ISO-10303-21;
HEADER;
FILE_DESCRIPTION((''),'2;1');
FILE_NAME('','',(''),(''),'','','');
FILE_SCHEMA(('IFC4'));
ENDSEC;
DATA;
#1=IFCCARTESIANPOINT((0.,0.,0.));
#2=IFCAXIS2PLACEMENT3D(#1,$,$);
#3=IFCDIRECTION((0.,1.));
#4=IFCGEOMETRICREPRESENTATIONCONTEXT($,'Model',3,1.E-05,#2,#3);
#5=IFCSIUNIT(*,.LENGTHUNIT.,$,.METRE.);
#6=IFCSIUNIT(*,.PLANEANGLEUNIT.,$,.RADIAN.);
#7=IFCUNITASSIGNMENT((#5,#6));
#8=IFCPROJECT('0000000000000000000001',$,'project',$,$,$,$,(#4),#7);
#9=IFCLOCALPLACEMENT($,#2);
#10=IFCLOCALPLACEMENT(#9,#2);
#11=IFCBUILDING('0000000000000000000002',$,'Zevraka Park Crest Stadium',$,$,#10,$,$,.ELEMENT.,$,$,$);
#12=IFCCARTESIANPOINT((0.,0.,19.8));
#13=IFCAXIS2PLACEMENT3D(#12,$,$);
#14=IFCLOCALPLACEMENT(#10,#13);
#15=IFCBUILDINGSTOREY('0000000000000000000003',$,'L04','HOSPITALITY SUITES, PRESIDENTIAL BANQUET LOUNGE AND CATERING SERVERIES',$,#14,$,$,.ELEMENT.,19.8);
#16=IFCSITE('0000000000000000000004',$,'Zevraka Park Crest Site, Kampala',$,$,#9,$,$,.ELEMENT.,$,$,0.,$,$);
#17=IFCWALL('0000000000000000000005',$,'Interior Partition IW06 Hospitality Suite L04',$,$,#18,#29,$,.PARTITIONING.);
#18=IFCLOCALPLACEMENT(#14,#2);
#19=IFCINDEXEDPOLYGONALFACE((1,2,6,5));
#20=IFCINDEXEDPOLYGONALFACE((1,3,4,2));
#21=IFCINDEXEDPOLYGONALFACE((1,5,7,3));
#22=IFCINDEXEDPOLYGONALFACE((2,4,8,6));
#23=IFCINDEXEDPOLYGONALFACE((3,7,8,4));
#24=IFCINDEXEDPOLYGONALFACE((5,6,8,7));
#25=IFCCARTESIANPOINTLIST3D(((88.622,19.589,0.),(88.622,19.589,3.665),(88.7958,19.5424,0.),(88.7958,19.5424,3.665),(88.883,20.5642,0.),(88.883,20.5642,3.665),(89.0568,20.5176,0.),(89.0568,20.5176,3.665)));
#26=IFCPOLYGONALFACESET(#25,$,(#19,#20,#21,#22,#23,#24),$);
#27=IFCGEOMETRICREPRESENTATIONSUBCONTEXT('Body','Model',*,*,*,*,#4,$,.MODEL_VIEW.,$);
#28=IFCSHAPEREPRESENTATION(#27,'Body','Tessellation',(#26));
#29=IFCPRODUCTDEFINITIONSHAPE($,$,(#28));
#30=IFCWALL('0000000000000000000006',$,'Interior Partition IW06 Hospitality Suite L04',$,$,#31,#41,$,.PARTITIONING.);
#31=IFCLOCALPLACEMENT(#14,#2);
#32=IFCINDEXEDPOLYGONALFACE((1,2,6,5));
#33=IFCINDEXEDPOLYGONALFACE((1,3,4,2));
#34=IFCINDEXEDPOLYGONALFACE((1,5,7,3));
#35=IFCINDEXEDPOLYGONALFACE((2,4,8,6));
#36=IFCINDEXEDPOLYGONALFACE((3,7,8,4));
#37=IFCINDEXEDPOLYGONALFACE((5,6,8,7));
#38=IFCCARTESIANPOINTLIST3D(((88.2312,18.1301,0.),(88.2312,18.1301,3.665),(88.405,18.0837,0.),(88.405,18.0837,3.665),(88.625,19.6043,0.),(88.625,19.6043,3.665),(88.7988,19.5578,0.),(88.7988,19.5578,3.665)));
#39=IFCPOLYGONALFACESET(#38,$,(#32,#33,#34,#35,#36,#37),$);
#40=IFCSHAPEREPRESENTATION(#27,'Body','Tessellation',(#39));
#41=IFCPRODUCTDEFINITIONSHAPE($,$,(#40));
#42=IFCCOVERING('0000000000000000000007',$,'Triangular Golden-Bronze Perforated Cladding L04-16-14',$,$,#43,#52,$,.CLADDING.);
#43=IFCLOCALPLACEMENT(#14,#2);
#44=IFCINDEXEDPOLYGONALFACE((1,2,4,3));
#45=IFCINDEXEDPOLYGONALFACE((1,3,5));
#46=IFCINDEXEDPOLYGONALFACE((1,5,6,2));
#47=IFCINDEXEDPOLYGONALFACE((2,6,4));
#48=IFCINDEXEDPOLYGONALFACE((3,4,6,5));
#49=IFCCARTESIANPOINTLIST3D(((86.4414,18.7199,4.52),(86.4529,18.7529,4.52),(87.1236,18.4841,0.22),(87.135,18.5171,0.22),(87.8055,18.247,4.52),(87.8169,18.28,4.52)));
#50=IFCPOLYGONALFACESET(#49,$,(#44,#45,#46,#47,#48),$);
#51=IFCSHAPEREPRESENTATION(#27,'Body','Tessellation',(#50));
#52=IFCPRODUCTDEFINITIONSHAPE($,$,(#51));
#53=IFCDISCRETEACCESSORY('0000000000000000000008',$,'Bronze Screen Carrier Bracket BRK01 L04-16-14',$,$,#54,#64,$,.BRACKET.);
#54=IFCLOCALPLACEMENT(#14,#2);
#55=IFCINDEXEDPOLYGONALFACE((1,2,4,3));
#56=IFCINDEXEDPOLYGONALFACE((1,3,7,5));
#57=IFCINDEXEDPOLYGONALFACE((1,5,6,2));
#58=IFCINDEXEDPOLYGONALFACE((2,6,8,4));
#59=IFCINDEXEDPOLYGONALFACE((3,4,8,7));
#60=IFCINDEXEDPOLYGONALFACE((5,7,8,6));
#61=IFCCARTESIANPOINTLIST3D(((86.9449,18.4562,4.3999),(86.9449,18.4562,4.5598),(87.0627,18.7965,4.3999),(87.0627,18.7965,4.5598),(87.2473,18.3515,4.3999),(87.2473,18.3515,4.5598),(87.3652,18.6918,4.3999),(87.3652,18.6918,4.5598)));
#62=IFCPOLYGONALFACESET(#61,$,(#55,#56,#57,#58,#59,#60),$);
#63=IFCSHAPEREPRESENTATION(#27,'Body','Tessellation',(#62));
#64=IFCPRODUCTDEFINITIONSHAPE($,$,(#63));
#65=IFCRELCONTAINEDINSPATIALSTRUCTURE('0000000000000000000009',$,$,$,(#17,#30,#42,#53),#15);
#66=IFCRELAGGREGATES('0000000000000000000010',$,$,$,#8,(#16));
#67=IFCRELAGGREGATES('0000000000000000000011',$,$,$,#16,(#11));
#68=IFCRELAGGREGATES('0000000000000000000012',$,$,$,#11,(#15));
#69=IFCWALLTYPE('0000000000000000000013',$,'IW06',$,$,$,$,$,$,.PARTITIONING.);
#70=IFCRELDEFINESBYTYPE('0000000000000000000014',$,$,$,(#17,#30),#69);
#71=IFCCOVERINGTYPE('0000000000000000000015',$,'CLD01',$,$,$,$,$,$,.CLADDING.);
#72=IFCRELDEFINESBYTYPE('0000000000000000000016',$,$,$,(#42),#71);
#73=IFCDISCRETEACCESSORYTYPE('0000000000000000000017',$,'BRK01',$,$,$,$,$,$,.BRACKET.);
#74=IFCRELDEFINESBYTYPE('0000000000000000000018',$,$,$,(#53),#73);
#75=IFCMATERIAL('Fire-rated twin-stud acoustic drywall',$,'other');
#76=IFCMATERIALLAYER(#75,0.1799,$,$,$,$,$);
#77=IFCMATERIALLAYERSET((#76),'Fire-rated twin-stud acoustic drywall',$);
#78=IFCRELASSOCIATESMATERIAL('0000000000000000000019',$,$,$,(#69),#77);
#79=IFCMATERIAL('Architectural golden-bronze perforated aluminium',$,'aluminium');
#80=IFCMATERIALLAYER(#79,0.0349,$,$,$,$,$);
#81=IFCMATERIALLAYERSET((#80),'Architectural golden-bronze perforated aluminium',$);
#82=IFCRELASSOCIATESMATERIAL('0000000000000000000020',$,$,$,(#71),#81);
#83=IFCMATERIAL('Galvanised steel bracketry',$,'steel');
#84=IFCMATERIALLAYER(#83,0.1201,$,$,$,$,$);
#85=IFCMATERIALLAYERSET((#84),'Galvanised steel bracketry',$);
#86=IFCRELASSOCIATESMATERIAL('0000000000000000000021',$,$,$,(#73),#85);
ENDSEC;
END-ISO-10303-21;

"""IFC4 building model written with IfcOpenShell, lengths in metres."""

from ifc_helpers import new_model, si_unit, direction, frame, frame_2d, origin, origin_2d, place, context, subcontext, project, spatial, polyline, rectangle, outline, extrude, material, layer, layer_set, type_object, element, save


model = new_model("IFC4")

# Units and contexts
model_context = context("Model", 3, precision=1e-05, world=origin(), true_north=direction((0.0, 1.0)))
body_context = subcontext(model_context, "Body", "Model", "MODEL_VIEW")
ifc_project = project(units=[si_unit("LENGTHUNIT", "METRE"), si_unit("PLANEANGLEUNIT", "RADIAN")], contexts=[model_context])

# Site, building, storey
site_placement = place(None, origin())
site = spatial("IfcSite", under=ifc_project, at=site_placement, Name="Zevraka Park Crest Site, Kampala", CompositionType="ELEMENT", RefElevation=0.0)
building_placement = place(site_placement, origin())
building = spatial("IfcBuilding", under=site, at=building_placement, Name="Zevraka Park Crest Stadium", CompositionType="ELEMENT")
storey_placement = place(building_placement, frame((0.0, 0.0, 19.8)))
storey = spatial("IfcBuildingStorey", under=building, at=storey_placement, Name="L04", Description="HOSPITALITY SUITES, PRESIDENTIAL BANQUET LOUNGE AND CATERING SERVERIES", CompositionType="ELEMENT", Elevation=19.8)

# Walls
ifc_material_1 = material(Name="Fire-rated twin-stud acoustic drywall", Category="other")
ifc_layer_1 = layer(ifc_material_1, 0.1799)
ifc_layer_set_1 = layer_set([ifc_layer_1], Name="Fire-rated twin-stud acoustic drywall")
wall_type_1 = type_object("IfcWallType", Name="IW06", PredefinedType="PARTITIONING", material=ifc_layer_set_1)
wall_1_placement = place(storey_placement, frame((88.97, 20.541, 0.0), z_axis=(0.0, 0.0, 1.0), x_axis=(-0.258551, -0.965998, 0.0)))
element("IfcWall", 1, at=wall_1_placement, inside=storey, type_object=wall_type_1, Name="Interior Partition IW06 Hospitality Suite L04", PredefinedType="PARTITIONING", context=body_context, shape_type="SweptSolid", body=[
    extrude(rectangle(XDim=1.0095, YDim=0.1799, at=frame_2d((0.5049, 0.0))), origin(), (0.0, 0.0, 1.0), 3.665),
])
wall_2_placement = place(storey_placement, frame((88.7119, 19.5811, 0.0), z_axis=(0.0, 0.0, 1.0), x_axis=(-0.258091, -0.966121, 0.0)))
element("IfcWall", 2, at=wall_2_placement, inside=storey, type_object=wall_type_1, Name="Interior Partition IW06 Hospitality Suite L04", PredefinedType="PARTITIONING", context=body_context, shape_type="SweptSolid", body=[
    extrude(rectangle(XDim=1.5259, YDim=0.1799, at=frame_2d((0.7629, 0.0))), origin(), (0.0, 0.0, 1.0), 3.665),
])

# Covering
ifc_material_2 = material(Name="Architectural golden-bronze perforated aluminium", Category="aluminium")
ifc_layer_2 = layer(ifc_material_2, 0.0349)
ifc_layer_set_2 = layer_set([ifc_layer_2], Name="Architectural golden-bronze perforated aluminium")
covering_type = type_object("IfcCoveringType", Name="CLD01", PredefinedType="CLADDING", material=ifc_layer_set_2)
covering_placement = place(storey_placement, frame((87.8169, 18.28, 4.52), z_axis=(0.327569, 0.944827, 0.000143), x_axis=(-0.944827, 0.327569, 0.0)))
element("IfcCovering", 3, at=covering_placement, inside=storey, type_object=covering_type, Name="Triangular Golden-Bronze Perforated Cladding L04-16-14", PredefinedType="CLADDING", context=body_context, shape_type="SweptSolid", body=[
    extrude(outline(polyline([(0.0, 0.0), (1.4437, 0.0), (0.7219, -4.3), (0.0, 0.0)])), origin(), (0.0, 0.0, -1.0), 0.0349),
])

# Discrete accessory
ifc_material_3 = material(Name="Galvanised steel bracketry", Category="steel")
ifc_layer_3 = layer(ifc_material_3, 0.1201)
ifc_layer_set_3 = layer_set([ifc_layer_3], Name="Galvanised steel bracketry")
discrete_accessory_type = type_object("IfcDiscreteAccessoryType", Name="BRK01", PredefinedType="BRACKET", material=ifc_layer_set_3)
discrete_accessory_placement = place(storey_placement, frame((87.155, 18.574, 4.3999), z_axis=(0.0, 0.0, 1.0), x_axis=(0.944949, -0.327218, 0.0)))
element("IfcDiscreteAccessory", 4, at=discrete_accessory_placement, inside=storey, type_object=discrete_accessory_type, Name="Bronze Screen Carrier Bracket BRK01 L04-16-14", PredefinedType="BRACKET", context=body_context, shape_type="SweptSolid", body=[
    extrude(rectangle(XDim=0.3201, YDim=0.3601, at=origin_2d()), origin(), (0.0, 0.0, 1.0), 0.1599),
])

save(model, "model.ifc")
